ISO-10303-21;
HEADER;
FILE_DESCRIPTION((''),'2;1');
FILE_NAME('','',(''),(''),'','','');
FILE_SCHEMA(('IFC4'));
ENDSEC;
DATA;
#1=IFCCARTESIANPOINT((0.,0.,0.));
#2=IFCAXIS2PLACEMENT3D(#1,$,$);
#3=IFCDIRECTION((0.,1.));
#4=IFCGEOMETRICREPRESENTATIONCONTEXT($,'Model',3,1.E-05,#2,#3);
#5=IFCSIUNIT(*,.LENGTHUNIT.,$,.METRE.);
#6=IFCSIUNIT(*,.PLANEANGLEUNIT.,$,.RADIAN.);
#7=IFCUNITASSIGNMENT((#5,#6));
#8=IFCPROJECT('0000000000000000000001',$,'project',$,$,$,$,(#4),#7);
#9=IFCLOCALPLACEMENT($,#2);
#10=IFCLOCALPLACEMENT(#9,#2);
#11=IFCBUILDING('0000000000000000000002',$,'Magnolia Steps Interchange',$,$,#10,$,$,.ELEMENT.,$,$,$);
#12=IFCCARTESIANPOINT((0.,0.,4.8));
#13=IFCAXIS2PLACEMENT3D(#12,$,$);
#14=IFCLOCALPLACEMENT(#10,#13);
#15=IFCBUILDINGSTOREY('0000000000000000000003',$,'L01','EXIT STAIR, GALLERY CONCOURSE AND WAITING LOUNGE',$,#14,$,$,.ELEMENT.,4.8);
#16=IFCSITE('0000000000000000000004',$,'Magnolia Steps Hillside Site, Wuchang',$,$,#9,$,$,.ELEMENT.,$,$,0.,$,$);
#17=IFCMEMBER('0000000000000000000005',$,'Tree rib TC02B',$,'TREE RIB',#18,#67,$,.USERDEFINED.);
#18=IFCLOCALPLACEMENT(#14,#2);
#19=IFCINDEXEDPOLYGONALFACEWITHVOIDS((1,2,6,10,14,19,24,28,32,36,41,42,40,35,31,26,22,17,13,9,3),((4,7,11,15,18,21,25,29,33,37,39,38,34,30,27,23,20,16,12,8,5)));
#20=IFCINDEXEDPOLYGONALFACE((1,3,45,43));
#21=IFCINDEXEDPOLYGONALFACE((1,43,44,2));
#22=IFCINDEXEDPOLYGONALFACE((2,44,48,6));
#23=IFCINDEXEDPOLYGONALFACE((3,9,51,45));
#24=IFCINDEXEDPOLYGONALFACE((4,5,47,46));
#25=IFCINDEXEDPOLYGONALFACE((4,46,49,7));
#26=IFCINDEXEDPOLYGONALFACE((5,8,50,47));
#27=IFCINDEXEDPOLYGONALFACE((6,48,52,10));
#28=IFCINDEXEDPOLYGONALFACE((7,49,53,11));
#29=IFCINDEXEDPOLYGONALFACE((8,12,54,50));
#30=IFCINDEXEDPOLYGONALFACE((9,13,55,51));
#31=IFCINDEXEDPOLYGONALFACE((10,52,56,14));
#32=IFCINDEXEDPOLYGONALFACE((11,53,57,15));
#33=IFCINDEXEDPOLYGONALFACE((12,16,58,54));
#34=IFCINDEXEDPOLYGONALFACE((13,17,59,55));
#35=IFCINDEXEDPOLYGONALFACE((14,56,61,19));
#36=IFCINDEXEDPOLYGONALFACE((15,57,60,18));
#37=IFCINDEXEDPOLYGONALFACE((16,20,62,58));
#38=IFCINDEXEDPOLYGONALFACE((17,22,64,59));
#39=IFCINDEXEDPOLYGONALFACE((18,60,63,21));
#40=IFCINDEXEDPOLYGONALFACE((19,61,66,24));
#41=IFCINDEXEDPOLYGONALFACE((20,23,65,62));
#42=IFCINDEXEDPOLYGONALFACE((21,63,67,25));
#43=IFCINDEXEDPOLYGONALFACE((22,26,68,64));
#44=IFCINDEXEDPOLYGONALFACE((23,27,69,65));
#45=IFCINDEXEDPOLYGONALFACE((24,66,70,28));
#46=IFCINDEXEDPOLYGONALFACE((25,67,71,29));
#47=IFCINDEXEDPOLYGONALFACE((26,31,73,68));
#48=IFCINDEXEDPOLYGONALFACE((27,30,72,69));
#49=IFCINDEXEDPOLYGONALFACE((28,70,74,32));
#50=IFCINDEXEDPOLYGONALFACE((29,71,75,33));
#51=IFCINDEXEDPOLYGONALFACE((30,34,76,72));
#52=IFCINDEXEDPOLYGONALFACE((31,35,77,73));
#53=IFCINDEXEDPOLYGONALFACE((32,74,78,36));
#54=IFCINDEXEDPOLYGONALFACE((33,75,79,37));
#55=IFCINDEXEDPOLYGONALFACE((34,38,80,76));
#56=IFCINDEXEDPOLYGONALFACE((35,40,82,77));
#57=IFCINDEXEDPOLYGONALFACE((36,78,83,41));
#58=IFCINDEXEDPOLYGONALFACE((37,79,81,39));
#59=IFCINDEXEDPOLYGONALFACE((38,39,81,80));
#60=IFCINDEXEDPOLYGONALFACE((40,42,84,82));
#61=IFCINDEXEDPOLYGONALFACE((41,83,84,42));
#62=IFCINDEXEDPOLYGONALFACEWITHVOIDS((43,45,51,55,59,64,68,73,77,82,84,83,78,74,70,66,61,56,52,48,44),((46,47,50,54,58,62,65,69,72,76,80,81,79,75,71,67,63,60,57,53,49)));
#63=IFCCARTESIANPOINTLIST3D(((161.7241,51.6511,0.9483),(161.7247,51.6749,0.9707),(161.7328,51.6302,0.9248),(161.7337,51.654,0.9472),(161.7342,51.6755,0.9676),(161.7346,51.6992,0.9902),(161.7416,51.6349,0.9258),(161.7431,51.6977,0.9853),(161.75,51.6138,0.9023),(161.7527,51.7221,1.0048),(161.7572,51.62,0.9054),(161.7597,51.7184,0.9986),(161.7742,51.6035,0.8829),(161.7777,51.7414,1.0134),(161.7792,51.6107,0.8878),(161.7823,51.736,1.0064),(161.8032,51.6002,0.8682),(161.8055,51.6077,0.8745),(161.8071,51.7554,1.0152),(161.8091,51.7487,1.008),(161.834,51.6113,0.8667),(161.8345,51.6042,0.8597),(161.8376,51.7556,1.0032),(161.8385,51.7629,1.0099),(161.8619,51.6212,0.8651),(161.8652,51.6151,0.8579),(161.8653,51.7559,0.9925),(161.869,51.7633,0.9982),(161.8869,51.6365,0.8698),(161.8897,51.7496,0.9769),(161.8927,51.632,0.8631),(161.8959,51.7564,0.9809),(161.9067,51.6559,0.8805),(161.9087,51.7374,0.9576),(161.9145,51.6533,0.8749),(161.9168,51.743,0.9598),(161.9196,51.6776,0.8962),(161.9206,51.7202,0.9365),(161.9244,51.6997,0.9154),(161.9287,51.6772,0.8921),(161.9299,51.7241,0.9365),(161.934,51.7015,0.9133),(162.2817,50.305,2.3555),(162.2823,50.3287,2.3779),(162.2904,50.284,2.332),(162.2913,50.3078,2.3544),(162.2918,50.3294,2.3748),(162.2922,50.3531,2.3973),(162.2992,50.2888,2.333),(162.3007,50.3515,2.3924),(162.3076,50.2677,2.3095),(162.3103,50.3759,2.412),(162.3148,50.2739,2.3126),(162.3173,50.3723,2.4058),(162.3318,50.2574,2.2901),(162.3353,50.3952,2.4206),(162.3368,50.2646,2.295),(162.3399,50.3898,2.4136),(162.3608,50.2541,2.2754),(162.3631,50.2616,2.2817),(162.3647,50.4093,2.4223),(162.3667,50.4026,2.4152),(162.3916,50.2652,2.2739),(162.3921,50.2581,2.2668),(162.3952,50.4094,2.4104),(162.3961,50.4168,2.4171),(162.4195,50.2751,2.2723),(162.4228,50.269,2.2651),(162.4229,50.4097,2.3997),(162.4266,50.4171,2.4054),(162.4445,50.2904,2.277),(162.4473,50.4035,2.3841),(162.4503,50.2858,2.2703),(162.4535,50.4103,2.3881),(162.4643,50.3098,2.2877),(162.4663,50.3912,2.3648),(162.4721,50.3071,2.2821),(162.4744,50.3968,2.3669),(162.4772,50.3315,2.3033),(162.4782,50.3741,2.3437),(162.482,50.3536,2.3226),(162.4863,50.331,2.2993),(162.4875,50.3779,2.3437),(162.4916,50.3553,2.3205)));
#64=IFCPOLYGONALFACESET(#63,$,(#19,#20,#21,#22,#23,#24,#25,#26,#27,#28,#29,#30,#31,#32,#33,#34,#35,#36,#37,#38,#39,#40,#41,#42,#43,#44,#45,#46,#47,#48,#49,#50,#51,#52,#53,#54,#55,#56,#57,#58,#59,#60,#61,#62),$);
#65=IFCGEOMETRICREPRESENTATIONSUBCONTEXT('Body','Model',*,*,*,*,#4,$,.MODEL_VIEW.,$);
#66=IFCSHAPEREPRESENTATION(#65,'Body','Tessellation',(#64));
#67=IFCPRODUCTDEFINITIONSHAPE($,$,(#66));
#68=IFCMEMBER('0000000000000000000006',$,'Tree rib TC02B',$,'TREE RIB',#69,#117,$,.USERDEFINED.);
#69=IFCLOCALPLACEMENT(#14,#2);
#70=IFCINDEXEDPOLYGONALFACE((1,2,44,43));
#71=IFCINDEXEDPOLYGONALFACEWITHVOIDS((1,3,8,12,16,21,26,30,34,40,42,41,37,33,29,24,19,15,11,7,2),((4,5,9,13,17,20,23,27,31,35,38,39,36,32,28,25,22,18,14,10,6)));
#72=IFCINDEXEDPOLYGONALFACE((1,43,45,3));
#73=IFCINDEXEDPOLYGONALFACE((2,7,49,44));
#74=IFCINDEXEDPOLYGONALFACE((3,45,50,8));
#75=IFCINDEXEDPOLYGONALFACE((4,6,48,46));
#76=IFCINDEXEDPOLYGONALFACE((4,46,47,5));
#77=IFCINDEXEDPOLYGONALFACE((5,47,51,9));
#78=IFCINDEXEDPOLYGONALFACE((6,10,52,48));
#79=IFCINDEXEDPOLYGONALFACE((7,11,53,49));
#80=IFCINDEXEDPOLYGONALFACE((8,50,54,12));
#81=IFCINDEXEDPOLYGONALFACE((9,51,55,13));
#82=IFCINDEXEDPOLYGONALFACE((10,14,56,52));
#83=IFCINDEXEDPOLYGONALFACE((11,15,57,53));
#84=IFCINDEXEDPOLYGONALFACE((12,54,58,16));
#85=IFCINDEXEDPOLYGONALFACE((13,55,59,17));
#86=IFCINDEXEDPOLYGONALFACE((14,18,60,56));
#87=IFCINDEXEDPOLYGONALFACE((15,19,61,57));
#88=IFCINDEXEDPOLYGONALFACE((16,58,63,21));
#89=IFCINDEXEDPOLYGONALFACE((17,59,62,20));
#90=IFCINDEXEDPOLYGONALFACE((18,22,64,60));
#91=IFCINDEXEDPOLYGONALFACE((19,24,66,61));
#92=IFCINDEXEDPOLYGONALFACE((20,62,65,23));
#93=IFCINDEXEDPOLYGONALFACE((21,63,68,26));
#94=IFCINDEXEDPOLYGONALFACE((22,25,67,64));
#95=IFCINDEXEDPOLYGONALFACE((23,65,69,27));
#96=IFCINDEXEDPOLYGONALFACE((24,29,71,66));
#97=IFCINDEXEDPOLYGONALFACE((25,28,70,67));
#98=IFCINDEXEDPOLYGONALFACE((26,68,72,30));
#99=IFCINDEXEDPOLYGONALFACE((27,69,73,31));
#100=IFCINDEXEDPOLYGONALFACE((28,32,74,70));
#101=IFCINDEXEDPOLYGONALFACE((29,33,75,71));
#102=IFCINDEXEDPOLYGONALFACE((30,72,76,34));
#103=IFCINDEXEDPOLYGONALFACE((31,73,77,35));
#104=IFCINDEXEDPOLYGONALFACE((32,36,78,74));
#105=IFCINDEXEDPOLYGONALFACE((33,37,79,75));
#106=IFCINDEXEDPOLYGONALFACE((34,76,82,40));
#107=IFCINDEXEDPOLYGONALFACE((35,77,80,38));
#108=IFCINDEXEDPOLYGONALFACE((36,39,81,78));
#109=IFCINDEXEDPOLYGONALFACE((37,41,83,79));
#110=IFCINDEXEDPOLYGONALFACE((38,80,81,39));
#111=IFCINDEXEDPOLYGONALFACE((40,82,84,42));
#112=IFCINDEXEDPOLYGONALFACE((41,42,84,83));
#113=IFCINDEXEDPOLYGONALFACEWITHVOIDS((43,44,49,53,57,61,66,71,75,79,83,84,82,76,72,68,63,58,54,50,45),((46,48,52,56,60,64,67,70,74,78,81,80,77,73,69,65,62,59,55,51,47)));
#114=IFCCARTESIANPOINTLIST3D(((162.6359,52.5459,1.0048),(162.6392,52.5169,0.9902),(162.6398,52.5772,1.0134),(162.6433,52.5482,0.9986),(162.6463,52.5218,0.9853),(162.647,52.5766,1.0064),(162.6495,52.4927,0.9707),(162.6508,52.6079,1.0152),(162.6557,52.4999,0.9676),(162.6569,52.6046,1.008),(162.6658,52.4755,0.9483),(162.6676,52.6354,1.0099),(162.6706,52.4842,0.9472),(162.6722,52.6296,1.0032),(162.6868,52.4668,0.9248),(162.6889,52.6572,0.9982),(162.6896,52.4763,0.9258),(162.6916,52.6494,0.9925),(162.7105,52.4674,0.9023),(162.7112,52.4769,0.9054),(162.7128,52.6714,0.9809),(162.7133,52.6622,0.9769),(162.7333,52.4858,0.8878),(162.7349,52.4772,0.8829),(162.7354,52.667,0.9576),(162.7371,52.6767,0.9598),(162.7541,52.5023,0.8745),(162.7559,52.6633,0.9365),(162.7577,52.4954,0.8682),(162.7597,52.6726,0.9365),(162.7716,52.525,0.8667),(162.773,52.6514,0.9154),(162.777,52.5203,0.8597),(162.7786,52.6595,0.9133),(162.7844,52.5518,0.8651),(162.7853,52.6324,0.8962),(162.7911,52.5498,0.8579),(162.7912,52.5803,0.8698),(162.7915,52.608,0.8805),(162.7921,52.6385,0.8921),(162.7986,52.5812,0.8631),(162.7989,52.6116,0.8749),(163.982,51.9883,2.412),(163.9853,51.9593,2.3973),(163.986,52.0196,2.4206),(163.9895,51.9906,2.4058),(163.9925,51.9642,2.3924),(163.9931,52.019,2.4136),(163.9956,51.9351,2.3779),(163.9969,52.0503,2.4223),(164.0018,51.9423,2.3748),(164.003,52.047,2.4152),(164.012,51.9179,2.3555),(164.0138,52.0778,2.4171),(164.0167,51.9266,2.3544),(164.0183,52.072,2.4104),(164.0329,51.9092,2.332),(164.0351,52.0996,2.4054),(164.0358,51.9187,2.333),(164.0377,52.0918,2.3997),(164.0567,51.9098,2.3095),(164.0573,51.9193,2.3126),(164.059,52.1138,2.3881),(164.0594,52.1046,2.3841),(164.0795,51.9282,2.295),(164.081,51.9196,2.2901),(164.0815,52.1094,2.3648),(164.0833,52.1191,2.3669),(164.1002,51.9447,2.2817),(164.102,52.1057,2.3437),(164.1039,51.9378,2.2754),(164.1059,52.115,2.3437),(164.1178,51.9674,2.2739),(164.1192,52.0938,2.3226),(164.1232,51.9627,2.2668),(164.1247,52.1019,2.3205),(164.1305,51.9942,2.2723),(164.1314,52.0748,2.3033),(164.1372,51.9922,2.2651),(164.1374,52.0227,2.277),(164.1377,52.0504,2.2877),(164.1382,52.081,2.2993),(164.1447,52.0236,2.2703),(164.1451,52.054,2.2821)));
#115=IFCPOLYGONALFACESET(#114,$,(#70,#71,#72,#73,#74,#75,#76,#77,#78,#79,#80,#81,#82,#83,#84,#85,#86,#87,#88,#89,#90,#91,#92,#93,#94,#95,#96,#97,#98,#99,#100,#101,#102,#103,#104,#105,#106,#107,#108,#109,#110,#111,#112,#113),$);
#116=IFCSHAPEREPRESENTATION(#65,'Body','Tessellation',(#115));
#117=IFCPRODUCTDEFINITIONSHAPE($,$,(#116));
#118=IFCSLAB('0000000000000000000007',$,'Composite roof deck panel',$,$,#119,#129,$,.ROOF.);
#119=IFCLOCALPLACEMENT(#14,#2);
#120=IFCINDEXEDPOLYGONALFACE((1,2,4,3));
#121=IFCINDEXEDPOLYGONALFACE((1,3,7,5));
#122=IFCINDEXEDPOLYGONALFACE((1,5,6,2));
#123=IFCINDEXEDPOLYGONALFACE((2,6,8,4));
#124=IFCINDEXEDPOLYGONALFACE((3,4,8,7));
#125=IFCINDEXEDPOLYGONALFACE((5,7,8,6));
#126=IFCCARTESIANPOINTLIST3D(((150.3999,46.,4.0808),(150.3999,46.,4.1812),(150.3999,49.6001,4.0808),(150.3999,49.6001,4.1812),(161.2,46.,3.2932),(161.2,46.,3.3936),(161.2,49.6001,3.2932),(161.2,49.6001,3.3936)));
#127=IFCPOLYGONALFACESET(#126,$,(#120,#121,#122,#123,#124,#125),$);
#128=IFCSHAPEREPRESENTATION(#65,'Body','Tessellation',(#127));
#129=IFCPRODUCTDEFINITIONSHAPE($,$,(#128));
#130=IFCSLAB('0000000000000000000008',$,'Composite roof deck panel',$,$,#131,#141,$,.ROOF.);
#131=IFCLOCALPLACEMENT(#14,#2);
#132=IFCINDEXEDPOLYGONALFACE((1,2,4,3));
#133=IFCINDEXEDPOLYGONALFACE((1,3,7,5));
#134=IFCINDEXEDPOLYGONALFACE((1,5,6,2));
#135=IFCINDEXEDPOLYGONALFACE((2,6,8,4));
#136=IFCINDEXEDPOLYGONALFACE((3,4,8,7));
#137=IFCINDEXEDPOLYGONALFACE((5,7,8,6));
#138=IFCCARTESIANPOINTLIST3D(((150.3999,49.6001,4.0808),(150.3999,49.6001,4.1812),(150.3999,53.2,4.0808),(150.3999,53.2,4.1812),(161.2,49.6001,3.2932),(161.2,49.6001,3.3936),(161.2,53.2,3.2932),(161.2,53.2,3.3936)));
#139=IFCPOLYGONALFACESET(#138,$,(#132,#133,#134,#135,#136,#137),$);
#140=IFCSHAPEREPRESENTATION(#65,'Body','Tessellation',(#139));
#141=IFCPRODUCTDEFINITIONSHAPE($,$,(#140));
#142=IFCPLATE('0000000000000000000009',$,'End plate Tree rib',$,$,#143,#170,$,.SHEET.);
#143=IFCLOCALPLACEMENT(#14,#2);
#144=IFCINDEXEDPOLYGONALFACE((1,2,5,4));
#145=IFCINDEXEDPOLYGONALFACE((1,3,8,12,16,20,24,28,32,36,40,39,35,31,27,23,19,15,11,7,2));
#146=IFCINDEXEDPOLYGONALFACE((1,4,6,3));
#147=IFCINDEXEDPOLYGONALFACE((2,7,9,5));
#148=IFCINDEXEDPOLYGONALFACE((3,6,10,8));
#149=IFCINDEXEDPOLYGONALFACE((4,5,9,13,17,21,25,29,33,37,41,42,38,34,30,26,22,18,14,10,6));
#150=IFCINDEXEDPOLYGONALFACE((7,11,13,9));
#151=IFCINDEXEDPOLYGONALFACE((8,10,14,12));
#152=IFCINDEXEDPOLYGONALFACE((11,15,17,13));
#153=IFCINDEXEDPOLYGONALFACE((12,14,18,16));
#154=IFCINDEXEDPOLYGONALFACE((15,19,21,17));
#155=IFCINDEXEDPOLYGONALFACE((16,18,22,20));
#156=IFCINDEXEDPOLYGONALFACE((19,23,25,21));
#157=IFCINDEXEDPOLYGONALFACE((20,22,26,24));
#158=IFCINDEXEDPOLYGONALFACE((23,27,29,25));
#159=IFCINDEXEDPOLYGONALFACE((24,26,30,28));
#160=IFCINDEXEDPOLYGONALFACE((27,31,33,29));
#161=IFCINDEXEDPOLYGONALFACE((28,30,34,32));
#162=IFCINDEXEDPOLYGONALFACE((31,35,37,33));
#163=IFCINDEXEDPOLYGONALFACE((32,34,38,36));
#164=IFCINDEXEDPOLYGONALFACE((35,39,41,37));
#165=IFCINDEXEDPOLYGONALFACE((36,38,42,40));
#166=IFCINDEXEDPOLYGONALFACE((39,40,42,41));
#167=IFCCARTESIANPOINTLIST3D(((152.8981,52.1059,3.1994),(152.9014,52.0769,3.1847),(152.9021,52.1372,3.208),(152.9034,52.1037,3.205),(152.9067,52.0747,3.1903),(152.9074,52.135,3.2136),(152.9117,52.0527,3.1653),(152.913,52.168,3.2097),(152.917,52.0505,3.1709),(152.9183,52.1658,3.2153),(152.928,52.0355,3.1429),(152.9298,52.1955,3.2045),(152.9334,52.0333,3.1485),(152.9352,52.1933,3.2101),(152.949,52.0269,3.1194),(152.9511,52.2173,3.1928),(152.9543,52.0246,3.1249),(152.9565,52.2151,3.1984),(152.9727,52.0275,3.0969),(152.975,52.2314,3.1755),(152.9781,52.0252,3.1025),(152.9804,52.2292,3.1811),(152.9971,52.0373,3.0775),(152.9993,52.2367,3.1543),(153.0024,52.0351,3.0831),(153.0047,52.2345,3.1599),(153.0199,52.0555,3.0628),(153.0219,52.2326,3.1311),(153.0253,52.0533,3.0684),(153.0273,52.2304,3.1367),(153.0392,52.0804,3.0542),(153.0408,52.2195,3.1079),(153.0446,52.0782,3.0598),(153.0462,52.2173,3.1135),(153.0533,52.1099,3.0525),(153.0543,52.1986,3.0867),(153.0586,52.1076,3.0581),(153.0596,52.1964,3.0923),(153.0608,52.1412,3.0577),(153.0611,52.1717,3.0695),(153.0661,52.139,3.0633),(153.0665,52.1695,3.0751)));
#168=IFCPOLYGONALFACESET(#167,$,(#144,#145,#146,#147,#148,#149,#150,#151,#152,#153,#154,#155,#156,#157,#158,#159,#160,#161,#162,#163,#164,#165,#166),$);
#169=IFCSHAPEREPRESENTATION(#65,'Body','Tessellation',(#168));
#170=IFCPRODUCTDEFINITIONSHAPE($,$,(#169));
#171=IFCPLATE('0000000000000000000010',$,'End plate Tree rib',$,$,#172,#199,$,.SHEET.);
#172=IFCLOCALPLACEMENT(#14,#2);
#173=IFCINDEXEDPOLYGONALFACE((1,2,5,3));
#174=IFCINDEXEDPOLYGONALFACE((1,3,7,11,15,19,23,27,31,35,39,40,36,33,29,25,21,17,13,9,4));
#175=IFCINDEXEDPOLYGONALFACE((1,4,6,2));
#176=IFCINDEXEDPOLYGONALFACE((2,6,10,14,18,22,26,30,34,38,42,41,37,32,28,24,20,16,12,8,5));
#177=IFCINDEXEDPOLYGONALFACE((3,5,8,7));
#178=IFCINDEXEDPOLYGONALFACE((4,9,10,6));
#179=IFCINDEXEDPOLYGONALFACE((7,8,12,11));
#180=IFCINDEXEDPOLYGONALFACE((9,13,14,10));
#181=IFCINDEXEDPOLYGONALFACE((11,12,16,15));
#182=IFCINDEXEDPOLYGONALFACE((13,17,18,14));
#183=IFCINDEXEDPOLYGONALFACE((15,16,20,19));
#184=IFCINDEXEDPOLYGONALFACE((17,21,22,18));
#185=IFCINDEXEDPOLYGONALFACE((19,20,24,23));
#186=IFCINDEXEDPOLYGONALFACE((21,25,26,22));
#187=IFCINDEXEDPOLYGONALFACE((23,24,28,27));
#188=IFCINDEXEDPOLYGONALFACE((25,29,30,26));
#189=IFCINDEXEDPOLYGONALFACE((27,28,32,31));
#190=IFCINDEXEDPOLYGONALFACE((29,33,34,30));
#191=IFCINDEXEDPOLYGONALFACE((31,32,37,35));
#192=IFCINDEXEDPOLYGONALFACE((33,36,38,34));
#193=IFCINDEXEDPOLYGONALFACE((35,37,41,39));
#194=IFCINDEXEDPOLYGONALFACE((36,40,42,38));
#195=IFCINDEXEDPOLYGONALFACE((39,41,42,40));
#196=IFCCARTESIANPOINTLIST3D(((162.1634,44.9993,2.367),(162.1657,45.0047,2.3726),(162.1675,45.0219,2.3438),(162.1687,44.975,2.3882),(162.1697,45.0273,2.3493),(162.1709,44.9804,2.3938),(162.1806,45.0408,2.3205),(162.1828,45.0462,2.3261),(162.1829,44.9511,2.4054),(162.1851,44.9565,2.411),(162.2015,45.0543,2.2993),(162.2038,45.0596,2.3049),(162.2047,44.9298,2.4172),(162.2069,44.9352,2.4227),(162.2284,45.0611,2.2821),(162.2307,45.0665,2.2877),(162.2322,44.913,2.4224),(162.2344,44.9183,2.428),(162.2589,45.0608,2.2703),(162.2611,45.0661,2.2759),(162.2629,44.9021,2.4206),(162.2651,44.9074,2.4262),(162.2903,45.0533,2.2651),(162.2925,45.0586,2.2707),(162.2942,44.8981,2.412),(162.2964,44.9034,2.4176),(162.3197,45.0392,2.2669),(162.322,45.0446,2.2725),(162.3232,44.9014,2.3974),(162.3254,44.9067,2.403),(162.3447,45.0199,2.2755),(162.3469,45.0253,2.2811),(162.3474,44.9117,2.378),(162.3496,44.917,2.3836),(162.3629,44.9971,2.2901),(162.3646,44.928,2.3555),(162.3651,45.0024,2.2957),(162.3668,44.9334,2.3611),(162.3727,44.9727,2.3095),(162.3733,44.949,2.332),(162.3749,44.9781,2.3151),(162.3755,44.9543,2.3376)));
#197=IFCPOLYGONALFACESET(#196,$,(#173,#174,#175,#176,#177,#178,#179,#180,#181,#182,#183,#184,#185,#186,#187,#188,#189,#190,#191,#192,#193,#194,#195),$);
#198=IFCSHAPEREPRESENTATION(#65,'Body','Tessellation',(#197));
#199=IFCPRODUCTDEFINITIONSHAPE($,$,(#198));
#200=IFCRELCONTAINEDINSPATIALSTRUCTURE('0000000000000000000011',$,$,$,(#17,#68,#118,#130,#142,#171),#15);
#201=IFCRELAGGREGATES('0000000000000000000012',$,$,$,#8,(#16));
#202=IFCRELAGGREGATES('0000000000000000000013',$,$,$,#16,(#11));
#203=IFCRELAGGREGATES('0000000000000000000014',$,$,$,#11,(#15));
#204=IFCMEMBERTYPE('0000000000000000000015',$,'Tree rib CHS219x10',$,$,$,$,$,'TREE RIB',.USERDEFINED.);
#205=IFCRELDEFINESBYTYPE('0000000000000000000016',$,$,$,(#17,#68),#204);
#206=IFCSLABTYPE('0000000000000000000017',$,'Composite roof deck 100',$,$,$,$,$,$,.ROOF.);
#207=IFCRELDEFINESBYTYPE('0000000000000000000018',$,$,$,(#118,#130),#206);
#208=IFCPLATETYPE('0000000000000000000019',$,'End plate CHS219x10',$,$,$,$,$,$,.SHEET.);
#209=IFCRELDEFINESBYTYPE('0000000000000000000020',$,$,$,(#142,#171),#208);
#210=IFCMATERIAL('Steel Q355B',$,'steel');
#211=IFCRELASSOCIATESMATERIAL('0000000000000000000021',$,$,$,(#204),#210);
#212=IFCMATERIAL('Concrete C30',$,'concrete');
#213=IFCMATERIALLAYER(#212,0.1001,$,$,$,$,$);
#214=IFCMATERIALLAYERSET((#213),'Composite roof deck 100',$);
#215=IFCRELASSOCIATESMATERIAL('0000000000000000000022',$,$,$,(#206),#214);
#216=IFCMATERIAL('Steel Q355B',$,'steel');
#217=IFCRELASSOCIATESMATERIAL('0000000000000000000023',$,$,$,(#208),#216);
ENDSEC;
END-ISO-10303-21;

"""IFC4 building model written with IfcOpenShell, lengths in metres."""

from ifc_helpers import new_model, si_unit, direction, frame, origin, origin_2d, place, context, subcontext, project, spatial, polyline, circle, hollow_circle, outline, extrude, material, layer, layer_set, material_profile, profile_set, type_object, element, save


model = new_model("IFC4")

# Units and contexts
model_context = context("Model", 3, precision=1e-05, world=origin(), true_north=direction((0.0, 1.0)))
body_context = subcontext(model_context, "Body", "Model", "MODEL_VIEW")
ifc_project = project(units=[si_unit("LENGTHUNIT", "METRE"), si_unit("PLANEANGLEUNIT", "RADIAN")], contexts=[model_context])

# Site, building, storey
site_placement = place(None, origin())
site = spatial("IfcSite", under=ifc_project, at=site_placement, Name="Magnolia Steps Hillside Site, Wuchang", CompositionType="ELEMENT", RefElevation=0.0)
building_placement = place(site_placement, origin())
building = spatial("IfcBuilding", under=site, at=building_placement, Name="Magnolia Steps Interchange", CompositionType="ELEMENT")
storey_placement = place(building_placement, frame((0.0, 0.0, 4.8)))
storey = spatial("IfcBuildingStorey", under=building, at=storey_placement, Name="L01", Description="EXIT STAIR, GALLERY CONCOURSE AND WAITING LOUNGE", CompositionType="ELEMENT", Elevation=4.8)

# Members
ifc_material_1 = material(Name="Steel Q355B", Category="steel")
ifc_material_profile_1 = material_profile(ifc_material_1, hollow_circle(Radius=0.1096, WallThickness=0.01, at=origin_2d()), Name="CHS219x10")
ifc_profile_set_1 = profile_set([ifc_material_profile_1], Name="Steel Q355B")
member_type = type_object("IfcMemberType", Name="Tree rib CHS219x10", ElementType="TREE RIB", PredefinedType="USERDEFINED", material=ifc_profile_set_1)
for number, where, z_axis, x_axis, name in (
    (1, (161.8286, 51.6821, 0.9365), (0.275272, -0.664557, 0.694687), (0.923878, 0.382687, 0.0), "Tree rib TC02B"),
    (2, (162.7178, 52.5713, 0.9365), (0.664557, -0.275272, 0.694687), (0.382687, 0.923878, 0.0), "Tree rib TC02B"),
):
    element("IfcMember", number, at=place(storey_placement, frame(where, z_axis=z_axis, x_axis=x_axis)), inside=storey, type_object=member_type, Name=name, ObjectType="TREE RIB", PredefinedType="USERDEFINED", context=body_context, shape_type="SweptSolid", body=[
        extrude(hollow_circle(Radius=0.1096, WallThickness=0.01, at=origin_2d()), origin(), (0.0, 0.0, 1.0), 2.0256),
    ])

# Slabs
ifc_material_2 = material(Name="Concrete C30", Category="concrete")
ifc_layer = layer(ifc_material_2, 0.1001)
ifc_layer_set = layer_set([ifc_layer], Name="Composite roof deck 100")
slab_type = type_object("IfcSlabType", Name="Composite roof deck 100", PredefinedType="ROOF", material=ifc_layer_set)
slab_1_placement = place(storey_placement, frame((161.2, 46.0, 3.3936), z_axis=(0.072732, 0.0, 0.997352), x_axis=(0.0, 1.0, 0.0)))
element("IfcSlab", 3, at=slab_1_placement, inside=storey, type_object=slab_type, Name="Composite roof deck panel", PredefinedType="ROOF", context=body_context, shape_type="SweptSolid", body=[
    extrude(outline(polyline([(0.0, 0.0), (3.6001, 0.0), (3.6001, 10.8287), (0.0, 10.8287), (0.0, 0.0)])), origin(), (0.0, -0.072732, -0.997352), 0.1003),
])
slab_2_placement = place(storey_placement, frame((161.2, 49.6001, 3.3936), z_axis=(0.072732, 0.0, 0.997352), x_axis=(0.0, 1.0, 0.0)))
element("IfcSlab", 4, at=slab_2_placement, inside=storey, type_object=slab_type, Name="Composite roof deck panel", PredefinedType="ROOF", context=body_context, shape_type="SweptSolid", body=[
    extrude(outline(polyline([(0.0, 0.0), (3.5999, 0.0), (3.5999, 10.8287), (0.0, 10.8287), (0.0, 0.0)])), origin(), (0.0, -0.072732, -0.997352), 0.1003),
])

# Plates
ifc_material_3 = material(Name="Steel Q355B", Category="steel")
ifc_material_profile_2 = material_profile(ifc_material_3, circle(Radius=0.1096, at=origin_2d()), Name="End plate CHS219x10")
ifc_profile_set_2 = profile_set([ifc_material_profile_2], Name="Steel Q355B")
plate_type = type_object("IfcPlateType", Name="End plate CHS219x10", PredefinedType="SHEET", material=ifc_profile_set_2)
for number, where, z_axis, x_axis, name in (
    (5, (152.98, 52.1313, 3.1311), (0.664583, -0.275279, 0.694658), (0.382683, 0.92388, 0.0), "End plate Tree rib"),
    (6, (162.2688, 44.98, 2.3438), (0.275279, 0.664583, 0.694658), (-0.92388, 0.382683, 0.0), "End plate Tree rib"),
):
    element("IfcPlate", number, at=place(storey_placement, frame(where, z_axis=z_axis, x_axis=x_axis)), inside=storey, type_object=plate_type, Name=name, PredefinedType="SHEET", context=body_context, shape_type="SweptSolid", body=[
        extrude(circle(Radius=0.1096, at=origin_2d()), origin(), (0.0, 0.0, 1.0), 0.0081),
    ])

save(model, "model.ifc")
